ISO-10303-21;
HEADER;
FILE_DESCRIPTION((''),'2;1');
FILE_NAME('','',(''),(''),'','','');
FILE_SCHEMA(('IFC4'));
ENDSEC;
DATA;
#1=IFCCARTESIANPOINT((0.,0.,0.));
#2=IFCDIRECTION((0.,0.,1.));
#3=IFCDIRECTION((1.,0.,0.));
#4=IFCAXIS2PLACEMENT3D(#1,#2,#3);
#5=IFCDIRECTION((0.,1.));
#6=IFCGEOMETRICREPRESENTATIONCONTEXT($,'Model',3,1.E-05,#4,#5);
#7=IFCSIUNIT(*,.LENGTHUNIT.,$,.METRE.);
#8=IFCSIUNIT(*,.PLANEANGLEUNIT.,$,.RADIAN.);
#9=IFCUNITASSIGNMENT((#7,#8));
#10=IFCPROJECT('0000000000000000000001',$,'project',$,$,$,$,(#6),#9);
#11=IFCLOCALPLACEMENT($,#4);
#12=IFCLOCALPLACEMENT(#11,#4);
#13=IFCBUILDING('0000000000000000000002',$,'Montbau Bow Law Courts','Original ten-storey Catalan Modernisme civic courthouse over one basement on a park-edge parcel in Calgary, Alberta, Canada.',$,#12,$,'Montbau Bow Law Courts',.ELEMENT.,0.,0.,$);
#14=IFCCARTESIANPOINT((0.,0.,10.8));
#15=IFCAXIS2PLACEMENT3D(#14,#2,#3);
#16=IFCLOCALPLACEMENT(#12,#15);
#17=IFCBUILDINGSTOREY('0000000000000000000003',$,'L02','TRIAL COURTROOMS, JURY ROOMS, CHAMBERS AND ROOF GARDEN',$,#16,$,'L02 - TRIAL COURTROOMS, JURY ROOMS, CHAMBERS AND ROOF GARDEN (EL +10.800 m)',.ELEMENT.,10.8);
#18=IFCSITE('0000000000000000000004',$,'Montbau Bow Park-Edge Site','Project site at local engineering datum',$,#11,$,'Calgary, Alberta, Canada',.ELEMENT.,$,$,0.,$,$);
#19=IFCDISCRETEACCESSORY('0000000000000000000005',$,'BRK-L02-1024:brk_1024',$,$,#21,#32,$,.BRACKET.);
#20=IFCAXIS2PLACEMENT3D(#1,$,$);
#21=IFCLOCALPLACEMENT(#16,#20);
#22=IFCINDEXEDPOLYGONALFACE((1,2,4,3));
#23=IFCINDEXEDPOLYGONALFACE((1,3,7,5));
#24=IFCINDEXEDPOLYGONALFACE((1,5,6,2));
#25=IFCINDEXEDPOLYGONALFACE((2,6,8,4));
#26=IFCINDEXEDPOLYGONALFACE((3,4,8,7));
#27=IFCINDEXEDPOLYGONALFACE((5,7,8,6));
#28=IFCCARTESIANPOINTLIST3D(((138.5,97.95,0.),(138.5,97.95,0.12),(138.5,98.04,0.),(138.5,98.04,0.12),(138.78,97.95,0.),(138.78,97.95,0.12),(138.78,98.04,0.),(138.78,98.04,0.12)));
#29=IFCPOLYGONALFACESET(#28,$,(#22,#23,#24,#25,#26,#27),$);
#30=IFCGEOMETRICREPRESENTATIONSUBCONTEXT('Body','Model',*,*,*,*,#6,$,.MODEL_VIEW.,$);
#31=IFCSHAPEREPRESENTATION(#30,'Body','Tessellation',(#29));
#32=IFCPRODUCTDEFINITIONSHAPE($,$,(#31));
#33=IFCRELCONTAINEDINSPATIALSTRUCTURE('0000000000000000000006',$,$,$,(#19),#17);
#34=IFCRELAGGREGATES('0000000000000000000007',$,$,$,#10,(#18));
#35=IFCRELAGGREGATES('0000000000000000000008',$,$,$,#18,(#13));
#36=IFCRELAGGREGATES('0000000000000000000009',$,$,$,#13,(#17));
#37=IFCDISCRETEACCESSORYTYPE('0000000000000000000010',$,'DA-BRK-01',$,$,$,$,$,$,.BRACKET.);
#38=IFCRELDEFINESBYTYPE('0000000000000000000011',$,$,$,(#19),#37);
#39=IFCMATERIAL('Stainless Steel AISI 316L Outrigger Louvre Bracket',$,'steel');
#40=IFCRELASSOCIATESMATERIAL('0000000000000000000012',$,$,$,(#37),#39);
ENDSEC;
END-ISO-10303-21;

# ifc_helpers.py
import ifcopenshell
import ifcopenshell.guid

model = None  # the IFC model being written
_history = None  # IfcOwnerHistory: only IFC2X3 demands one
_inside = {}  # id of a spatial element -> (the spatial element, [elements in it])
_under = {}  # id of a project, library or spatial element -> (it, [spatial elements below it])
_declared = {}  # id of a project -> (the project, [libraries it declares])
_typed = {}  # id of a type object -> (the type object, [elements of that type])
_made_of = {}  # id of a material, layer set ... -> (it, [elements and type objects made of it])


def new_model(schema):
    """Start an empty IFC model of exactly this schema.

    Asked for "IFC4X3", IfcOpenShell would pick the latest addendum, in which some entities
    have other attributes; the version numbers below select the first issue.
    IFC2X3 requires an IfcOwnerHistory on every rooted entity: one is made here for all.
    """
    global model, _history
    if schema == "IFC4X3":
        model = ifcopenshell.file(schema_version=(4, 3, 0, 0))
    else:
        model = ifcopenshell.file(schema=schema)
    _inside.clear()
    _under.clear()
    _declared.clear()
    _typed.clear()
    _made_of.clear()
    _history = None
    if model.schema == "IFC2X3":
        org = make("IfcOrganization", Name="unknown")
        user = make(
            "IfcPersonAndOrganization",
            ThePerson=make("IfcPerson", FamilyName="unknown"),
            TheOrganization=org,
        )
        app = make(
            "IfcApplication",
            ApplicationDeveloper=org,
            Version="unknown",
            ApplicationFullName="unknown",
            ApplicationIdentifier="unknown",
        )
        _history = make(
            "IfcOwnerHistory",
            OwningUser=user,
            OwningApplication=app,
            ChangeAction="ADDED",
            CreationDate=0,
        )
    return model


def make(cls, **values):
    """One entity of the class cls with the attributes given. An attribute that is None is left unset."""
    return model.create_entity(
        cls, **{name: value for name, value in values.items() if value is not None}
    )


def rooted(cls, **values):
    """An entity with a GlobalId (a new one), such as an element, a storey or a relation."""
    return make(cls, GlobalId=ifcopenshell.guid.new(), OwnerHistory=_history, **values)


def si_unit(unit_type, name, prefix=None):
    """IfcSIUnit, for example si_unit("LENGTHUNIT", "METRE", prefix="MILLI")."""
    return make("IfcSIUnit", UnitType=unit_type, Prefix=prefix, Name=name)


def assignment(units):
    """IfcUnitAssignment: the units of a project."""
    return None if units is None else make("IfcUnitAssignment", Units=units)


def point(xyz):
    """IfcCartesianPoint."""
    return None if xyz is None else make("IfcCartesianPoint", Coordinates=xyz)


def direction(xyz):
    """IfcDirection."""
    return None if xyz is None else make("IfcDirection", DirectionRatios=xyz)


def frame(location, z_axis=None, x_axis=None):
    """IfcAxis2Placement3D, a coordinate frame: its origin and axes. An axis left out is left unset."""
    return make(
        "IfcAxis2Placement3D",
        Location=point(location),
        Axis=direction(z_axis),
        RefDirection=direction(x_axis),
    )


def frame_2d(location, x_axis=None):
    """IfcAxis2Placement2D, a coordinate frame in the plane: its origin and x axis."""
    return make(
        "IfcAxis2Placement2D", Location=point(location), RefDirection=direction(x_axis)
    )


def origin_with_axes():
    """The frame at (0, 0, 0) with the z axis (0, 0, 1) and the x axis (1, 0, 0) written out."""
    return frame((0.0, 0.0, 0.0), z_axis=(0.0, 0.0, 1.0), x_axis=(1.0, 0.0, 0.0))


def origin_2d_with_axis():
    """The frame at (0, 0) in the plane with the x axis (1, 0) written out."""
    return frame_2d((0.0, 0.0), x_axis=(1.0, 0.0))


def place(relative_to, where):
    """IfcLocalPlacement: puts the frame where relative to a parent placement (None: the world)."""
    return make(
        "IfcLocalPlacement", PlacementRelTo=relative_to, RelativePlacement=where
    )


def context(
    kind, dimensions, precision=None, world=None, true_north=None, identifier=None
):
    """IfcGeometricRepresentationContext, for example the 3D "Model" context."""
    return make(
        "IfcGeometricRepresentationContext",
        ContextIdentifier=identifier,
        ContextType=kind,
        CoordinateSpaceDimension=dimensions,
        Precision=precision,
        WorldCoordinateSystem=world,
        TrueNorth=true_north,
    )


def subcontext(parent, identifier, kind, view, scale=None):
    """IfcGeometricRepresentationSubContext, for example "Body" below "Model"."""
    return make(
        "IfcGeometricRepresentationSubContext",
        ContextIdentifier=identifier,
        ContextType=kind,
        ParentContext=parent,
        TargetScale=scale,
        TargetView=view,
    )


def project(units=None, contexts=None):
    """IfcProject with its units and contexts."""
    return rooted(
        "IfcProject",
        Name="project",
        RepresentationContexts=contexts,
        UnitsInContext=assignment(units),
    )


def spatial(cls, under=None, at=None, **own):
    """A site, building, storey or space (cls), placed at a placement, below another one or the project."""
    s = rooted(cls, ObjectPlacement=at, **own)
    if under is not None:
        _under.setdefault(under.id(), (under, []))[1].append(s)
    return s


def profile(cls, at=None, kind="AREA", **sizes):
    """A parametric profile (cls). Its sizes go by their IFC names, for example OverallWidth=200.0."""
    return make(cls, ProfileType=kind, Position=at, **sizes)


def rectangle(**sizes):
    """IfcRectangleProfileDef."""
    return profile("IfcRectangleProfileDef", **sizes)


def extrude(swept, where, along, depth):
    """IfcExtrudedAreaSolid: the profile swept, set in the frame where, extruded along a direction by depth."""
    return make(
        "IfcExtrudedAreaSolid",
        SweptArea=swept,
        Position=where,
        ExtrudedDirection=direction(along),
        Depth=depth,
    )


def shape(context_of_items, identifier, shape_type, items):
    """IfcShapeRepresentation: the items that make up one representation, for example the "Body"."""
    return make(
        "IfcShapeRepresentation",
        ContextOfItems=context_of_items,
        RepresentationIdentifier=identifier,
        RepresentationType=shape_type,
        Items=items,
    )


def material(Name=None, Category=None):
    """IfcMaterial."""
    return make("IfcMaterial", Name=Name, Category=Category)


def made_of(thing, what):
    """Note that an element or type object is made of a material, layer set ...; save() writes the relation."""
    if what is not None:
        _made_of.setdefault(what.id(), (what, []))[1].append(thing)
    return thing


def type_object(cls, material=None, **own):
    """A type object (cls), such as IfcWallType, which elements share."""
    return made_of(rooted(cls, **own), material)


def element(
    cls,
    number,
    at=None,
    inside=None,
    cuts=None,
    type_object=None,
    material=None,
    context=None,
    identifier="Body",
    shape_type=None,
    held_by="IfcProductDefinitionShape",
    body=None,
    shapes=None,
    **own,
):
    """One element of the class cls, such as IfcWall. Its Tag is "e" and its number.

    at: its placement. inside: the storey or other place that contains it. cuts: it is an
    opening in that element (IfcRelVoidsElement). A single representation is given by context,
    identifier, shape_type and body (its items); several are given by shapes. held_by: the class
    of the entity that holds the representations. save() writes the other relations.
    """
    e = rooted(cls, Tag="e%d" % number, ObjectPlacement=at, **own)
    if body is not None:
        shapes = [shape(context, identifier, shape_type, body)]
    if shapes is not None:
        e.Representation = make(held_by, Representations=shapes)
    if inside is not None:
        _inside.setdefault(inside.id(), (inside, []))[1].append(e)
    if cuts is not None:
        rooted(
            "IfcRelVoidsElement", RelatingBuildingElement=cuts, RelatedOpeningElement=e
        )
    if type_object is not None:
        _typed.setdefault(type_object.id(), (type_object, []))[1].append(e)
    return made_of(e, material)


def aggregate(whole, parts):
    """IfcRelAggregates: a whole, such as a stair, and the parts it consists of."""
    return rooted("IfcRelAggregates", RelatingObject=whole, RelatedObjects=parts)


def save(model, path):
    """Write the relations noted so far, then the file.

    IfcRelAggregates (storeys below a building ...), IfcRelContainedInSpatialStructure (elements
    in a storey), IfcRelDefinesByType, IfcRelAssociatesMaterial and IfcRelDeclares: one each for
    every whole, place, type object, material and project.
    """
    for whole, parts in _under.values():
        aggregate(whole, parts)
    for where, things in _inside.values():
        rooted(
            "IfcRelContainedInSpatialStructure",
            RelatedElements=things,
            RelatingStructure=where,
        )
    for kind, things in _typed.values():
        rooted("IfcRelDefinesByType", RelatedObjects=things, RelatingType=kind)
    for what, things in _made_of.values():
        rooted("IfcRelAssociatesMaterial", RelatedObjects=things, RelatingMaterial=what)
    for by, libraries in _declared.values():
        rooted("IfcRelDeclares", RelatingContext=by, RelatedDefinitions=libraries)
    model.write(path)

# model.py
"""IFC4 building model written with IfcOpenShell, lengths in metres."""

from ifc_helpers import new_model, si_unit, direction, frame, origin_with_axes, origin_2d_with_axis, place, context, subcontext, project, spatial, rectangle, extrude, material, type_object, element, save


model = new_model("IFC4")

# Units and contexts
model_context = context("Model", 3, precision=1e-05, world=origin_with_axes(), true_north=direction((0.0, 1.0)))
body_context = subcontext(model_context, "Body", "Model", "MODEL_VIEW")
ifc_project = project(units=[si_unit("LENGTHUNIT", "METRE"), si_unit("PLANEANGLEUNIT", "RADIAN")], contexts=[model_context])

# Site, building, storey
site_placement = place(None, origin_with_axes())
site = spatial("IfcSite", under=ifc_project, at=site_placement, Name="Montbau Bow Park-Edge Site", Description="Project site at local engineering datum", LongName="Calgary, Alberta, Canada", CompositionType="ELEMENT", RefElevation=0.0)
building_placement = place(site_placement, origin_with_axes())
building = spatial("IfcBuilding", under=site, at=building_placement, Name="Montbau Bow Law Courts", Description="Original ten-storey Catalan Modernisme civic courthouse over one basement on a park-edge parcel in Calgary, Alberta, Canada.", LongName="Montbau Bow Law Courts", CompositionType="ELEMENT", ElevationOfRefHeight=0.0, ElevationOfTerrain=0.0)
storey_placement = place(building_placement, frame((0.0, 0.0, 10.8), z_axis=(0.0, 0.0, 1.0), x_axis=(1.0, 0.0, 0.0)))
storey = spatial("IfcBuildingStorey", under=building, at=storey_placement, Name="L02", Description="TRIAL COURTROOMS, JURY ROOMS, CHAMBERS AND ROOF GARDEN", LongName="L02 - TRIAL COURTROOMS, JURY ROOMS, CHAMBERS AND ROOF GARDEN (EL +10.800 m)", CompositionType="ELEMENT", Elevation=10.8)

# Discrete accessory
ifc_material_1 = material(Name="Stainless Steel AISI 316L Outrigger Louvre Bracket", Category="steel")
discrete_accessory_type = type_object("IfcDiscreteAccessoryType", Name="DA-BRK-01", PredefinedType="BRACKET", material=ifc_material_1)
for number, where, z_axis, x_axis, name in (
    (1, (138.64, 97.995, 10.8), (0.0, 0.0, 1.0), (-1.0, 0.0, 0.0), "BRK-L02-1024:brk_1024"),
):
    element("IfcDiscreteAccessory", number, at=place(None, frame(where, z_axis=z_axis, x_axis=x_axis)), inside=storey, type_object=discrete_accessory_type, Name=name, PredefinedType="BRACKET", context=body_context, shape_type="SweptSolid", body=[
        extrude(rectangle(XDim=0.28, YDim=0.09, at=origin_2d_with_axis()), origin_with_axes(), (0.0, 0.0, 1.0), 0.12),
    ])

save(model, "model.ifc")
